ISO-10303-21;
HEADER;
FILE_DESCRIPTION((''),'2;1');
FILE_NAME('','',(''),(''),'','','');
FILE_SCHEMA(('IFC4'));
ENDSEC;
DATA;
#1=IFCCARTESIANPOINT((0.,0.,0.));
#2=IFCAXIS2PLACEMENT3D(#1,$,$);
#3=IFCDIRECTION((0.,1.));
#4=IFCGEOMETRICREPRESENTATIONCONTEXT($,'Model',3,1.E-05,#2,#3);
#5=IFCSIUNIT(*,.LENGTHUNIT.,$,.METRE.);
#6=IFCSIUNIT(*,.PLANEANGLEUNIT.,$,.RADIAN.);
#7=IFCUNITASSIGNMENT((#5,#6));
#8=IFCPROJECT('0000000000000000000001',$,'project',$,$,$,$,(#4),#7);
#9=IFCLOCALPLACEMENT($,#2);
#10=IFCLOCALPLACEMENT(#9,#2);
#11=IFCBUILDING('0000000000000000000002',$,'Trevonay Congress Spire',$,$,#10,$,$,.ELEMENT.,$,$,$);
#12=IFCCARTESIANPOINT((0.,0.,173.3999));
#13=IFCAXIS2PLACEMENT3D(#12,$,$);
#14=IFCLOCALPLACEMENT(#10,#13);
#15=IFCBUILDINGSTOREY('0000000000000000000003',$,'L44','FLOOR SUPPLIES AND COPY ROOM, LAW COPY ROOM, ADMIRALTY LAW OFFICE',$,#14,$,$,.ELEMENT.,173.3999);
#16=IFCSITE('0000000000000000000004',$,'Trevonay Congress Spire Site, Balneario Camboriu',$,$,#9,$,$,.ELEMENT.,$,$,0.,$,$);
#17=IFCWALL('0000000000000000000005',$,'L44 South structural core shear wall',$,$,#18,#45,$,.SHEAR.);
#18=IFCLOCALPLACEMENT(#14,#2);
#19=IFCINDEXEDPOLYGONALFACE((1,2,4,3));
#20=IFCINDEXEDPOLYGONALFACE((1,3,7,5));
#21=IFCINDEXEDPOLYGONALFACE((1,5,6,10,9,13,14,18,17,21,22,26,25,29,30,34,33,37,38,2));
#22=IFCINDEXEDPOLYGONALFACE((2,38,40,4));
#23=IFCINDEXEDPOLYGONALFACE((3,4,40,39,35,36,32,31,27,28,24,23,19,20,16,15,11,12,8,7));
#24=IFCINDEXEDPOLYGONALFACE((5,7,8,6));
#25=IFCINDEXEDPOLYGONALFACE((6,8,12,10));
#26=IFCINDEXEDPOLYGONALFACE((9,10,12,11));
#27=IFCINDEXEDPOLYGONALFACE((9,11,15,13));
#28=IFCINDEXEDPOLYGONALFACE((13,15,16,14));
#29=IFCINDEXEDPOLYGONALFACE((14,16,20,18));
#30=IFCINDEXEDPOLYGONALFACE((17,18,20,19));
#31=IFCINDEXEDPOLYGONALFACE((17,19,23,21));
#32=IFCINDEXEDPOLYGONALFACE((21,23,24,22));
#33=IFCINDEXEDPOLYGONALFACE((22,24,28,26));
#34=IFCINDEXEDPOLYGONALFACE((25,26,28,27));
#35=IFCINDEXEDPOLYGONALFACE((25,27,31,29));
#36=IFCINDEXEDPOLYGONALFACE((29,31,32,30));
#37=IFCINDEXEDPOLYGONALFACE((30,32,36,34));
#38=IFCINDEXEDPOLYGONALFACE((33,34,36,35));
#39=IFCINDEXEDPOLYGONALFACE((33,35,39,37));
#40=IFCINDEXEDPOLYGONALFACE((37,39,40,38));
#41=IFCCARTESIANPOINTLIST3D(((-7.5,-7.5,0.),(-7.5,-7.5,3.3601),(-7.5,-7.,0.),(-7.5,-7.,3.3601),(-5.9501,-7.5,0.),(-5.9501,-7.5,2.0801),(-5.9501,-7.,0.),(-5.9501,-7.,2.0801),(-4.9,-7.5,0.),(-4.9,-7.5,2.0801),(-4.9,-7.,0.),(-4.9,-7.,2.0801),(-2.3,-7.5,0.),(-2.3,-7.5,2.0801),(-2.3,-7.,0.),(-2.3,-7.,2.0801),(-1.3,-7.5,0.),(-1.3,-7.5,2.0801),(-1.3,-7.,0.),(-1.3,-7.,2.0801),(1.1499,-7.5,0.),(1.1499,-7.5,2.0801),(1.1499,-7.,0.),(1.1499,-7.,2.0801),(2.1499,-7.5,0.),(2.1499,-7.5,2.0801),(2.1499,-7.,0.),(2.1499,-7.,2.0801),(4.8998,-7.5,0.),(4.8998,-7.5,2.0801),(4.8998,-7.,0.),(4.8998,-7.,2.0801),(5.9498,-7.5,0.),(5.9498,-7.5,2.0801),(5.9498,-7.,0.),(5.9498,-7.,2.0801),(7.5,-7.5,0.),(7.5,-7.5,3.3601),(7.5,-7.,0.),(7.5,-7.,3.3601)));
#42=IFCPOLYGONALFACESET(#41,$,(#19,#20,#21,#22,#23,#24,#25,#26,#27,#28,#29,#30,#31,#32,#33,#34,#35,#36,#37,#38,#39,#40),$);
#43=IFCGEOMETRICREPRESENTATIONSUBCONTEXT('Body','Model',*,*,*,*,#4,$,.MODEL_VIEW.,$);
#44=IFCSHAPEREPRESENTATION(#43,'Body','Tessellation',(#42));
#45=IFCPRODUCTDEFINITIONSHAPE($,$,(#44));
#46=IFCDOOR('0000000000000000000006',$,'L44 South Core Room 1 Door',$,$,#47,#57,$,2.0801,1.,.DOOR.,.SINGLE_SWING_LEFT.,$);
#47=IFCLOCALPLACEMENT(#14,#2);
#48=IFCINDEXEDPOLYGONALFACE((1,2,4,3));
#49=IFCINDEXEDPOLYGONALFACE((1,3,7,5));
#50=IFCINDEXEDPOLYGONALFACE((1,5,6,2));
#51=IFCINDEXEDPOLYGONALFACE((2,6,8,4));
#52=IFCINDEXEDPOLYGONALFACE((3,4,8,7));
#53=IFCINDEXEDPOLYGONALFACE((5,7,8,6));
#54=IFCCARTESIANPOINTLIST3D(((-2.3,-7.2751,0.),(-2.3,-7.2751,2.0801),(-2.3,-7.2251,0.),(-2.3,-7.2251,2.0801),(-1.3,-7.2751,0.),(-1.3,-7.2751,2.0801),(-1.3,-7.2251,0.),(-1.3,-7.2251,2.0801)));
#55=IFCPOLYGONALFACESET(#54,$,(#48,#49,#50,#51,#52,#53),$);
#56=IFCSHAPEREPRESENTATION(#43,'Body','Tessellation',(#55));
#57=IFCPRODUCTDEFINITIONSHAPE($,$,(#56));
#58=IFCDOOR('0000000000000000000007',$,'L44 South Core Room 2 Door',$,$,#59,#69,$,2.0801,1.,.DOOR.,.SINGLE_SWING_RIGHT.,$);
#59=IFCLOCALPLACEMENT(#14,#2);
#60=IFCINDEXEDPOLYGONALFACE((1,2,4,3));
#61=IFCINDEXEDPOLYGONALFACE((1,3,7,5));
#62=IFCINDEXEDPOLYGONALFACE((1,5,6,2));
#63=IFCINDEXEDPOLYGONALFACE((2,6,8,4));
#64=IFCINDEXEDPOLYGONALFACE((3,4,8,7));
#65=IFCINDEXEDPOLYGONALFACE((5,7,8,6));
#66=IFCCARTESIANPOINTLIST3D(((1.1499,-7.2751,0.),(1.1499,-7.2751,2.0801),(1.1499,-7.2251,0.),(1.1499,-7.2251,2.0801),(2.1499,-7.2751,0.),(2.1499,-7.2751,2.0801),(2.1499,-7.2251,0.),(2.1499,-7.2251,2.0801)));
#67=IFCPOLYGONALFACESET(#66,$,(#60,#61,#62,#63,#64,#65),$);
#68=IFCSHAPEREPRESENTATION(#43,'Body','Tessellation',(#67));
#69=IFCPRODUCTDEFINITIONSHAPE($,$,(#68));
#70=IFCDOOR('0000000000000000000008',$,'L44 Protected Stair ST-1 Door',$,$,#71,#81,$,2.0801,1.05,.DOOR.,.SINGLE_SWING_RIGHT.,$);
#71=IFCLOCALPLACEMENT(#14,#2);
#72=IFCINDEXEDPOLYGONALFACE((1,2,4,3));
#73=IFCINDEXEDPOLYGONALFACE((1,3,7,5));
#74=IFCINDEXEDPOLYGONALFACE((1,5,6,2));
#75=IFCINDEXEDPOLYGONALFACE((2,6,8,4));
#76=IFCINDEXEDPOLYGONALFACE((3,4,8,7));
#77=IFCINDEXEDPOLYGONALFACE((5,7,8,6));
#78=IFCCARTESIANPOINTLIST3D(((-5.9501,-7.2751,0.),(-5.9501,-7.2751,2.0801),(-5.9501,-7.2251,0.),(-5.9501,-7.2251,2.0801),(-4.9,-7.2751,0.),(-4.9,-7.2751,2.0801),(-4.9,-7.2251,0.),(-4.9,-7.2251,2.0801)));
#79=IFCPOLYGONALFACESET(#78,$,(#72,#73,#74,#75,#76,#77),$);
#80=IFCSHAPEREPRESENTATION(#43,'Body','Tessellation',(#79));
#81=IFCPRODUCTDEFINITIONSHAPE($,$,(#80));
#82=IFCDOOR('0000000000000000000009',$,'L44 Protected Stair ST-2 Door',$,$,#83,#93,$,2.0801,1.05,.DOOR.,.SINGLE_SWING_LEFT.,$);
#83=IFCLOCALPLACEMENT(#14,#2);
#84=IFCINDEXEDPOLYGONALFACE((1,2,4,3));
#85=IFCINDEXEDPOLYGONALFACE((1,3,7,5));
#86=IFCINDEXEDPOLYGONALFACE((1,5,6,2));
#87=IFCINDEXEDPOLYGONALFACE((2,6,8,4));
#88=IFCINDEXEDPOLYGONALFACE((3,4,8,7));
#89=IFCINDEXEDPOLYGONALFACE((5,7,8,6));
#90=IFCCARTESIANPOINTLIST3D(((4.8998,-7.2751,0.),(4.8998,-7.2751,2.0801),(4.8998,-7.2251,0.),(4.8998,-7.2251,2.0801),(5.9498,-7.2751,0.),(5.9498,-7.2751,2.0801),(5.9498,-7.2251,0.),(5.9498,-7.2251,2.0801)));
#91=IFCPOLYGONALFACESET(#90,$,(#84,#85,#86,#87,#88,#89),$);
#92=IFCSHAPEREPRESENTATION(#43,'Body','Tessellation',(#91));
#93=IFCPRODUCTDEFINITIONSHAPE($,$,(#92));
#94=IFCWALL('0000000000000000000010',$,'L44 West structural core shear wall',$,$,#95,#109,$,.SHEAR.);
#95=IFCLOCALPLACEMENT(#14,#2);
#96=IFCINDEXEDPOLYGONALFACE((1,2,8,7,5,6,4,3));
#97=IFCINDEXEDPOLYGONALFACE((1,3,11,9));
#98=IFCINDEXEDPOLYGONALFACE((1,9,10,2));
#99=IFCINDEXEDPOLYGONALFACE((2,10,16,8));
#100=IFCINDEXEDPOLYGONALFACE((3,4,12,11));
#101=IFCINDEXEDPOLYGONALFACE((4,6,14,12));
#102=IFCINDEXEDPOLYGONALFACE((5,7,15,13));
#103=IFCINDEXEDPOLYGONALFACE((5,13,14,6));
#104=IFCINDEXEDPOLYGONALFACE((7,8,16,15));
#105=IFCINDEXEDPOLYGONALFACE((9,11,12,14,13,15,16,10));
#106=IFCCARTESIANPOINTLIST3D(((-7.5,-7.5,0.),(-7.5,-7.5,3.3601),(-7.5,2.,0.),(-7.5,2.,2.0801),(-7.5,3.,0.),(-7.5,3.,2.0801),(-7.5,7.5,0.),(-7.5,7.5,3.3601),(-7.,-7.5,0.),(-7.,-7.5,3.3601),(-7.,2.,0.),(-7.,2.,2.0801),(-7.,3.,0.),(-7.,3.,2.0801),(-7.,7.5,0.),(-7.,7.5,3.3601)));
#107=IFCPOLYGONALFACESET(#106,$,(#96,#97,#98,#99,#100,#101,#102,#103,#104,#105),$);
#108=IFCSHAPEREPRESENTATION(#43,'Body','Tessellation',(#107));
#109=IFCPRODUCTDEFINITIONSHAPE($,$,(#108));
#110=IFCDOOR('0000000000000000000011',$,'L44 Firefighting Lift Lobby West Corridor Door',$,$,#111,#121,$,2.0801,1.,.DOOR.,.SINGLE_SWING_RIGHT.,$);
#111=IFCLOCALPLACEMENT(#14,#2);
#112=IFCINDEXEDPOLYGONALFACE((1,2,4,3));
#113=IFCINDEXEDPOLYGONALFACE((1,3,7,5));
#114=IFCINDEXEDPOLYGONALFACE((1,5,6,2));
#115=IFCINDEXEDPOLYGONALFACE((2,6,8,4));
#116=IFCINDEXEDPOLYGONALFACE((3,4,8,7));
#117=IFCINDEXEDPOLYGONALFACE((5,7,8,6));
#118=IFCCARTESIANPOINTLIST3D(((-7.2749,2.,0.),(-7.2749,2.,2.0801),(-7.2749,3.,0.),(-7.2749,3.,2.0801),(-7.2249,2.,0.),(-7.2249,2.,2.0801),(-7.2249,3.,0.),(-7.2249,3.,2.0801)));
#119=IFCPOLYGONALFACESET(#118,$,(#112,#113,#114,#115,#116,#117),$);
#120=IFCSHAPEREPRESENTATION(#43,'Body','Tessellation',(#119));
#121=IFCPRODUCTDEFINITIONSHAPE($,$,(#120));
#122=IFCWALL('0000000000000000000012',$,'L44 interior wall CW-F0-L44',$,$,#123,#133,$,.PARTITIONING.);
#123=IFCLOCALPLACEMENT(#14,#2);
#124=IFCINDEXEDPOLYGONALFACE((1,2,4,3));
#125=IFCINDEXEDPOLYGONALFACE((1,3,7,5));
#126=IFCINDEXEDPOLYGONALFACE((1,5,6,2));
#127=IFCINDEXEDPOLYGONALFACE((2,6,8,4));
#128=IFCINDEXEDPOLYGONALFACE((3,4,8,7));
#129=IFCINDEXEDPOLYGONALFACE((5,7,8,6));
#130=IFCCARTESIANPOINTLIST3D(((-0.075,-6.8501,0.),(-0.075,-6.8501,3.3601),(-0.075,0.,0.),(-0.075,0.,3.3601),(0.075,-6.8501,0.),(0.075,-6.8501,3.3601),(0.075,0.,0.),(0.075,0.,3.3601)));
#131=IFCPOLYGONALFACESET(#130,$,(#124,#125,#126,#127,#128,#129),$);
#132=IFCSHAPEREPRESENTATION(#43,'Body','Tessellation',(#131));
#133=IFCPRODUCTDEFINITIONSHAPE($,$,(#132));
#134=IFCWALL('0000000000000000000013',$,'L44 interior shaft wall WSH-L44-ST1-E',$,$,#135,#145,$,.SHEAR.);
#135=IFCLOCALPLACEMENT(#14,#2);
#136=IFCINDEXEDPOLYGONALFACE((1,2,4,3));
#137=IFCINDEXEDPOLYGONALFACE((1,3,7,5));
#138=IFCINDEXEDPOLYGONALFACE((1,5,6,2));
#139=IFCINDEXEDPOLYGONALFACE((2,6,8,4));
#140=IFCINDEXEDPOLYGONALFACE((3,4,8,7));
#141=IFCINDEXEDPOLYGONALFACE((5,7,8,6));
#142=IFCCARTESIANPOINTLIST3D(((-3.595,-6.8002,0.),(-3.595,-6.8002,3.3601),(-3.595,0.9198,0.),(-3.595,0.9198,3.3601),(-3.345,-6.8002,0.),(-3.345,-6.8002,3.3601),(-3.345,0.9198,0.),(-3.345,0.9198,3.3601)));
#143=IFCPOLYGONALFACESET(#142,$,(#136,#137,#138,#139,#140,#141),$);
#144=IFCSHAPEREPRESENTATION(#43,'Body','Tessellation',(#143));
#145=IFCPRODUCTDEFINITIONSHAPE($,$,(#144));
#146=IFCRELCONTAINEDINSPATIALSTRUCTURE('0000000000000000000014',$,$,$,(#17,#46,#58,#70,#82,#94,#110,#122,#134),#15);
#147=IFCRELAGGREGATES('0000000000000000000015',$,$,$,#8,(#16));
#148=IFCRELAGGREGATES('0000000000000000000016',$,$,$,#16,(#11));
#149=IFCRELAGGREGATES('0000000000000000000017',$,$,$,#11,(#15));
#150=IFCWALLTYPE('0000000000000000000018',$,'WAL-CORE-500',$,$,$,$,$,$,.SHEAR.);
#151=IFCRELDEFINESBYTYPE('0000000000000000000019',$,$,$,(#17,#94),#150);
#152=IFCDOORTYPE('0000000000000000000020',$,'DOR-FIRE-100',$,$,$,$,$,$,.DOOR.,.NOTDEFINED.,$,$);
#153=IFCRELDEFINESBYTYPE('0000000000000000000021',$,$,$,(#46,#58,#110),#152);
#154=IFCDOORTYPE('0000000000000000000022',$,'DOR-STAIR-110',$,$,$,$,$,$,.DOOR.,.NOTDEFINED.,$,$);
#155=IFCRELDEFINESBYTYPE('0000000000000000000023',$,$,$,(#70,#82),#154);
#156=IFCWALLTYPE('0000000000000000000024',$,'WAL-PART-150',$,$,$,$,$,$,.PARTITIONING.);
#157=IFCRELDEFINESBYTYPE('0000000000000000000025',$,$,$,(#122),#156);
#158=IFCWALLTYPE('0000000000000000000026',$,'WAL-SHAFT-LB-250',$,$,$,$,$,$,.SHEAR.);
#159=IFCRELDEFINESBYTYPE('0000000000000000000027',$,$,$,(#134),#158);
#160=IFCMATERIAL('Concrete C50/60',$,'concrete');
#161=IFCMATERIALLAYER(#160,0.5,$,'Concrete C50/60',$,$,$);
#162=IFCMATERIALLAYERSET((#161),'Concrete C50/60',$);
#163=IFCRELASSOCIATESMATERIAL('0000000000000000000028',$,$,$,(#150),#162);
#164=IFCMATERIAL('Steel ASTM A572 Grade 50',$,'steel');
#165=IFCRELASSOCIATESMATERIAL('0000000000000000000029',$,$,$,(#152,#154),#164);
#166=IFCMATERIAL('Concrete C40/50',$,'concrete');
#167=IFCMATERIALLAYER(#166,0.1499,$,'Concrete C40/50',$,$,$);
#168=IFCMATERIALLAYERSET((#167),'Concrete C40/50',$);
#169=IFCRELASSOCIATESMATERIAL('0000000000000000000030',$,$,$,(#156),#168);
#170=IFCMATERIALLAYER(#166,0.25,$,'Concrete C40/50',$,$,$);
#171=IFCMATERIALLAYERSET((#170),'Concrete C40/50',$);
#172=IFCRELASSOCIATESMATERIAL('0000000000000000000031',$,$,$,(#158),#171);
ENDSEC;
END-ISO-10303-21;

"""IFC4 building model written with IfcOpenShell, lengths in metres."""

from ifc_helpers import new_model, si_unit, direction, frame, frame_2d, origin, place, context, subcontext, project, spatial, rectangle, extrude, material, layer, layer_set, type_object, element, fill, save


model = new_model("IFC4")

# Units and contexts
model_context = context("Model", 3, precision=1e-05, world=origin(), true_north=direction((0.0, 1.0)))
body_context = subcontext(model_context, "Body", "Model", "MODEL_VIEW")
ifc_project = project(units=[si_unit("LENGTHUNIT", "METRE"), si_unit("PLANEANGLEUNIT", "RADIAN")], contexts=[model_context])

# Site, building, storey
site_placement = place(None, origin())
site = spatial("IfcSite", under=ifc_project, at=site_placement, Name="Trevonay Congress Spire Site, Balneario Camboriu", CompositionType="ELEMENT", RefElevation=0.0)
building_placement = place(site_placement, origin())
building = spatial("IfcBuilding", under=site, at=building_placement, Name="Trevonay Congress Spire", CompositionType="ELEMENT")
storey_placement = place(building_placement, frame((0.0, 0.0, 173.3999)))
storey = spatial("IfcBuildingStorey", under=building, at=storey_placement, Name="L44", Description="FLOOR SUPPLIES AND COPY ROOM, LAW COPY ROOM, ADMIRALTY LAW OFFICE", CompositionType="ELEMENT", Elevation=173.3999)

# Shared definitions
ifc_material_1 = material(Name="Steel ASTM A572 Grade 50", Category="steel")

# Wall, openings, doors
ifc_material_2 = material(Name="Concrete C50/60", Category="concrete")
ifc_layer_1 = layer(ifc_material_2, 0.5, Name="Concrete C50/60")
ifc_layer_set_1 = layer_set([ifc_layer_1], Name="Concrete C50/60")
wall_type_1 = type_object("IfcWallType", Name="WAL-CORE-500", PredefinedType="SHEAR", material=ifc_layer_set_1)
wall_1_placement = place(storey_placement, frame((-7.5, -7.25, 0.0), z_axis=(0.0, 0.0, 1.0), x_axis=(1.0, 0.0, 0.0)))
wall_1 = element("IfcWall", 1, at=wall_1_placement, inside=storey, type_object=wall_type_1, Name="L44 South structural core shear wall", PredefinedType="SHEAR", context=body_context, shape_type="SweptSolid", body=[
    extrude(rectangle(XDim=15.0, YDim=0.5, at=frame_2d((7.5, 0.0))), origin(), (0.0, 0.0, 1.0), 3.3601),
])
opening_1_placement = place(wall_1_placement, frame((1.55, 0.0, 0.0)))
opening_1 = element("IfcOpeningElement", 2, at=opening_1_placement, cuts=wall_1, PredefinedType="OPENING", context=body_context, shape_type="SweptSolid", body=[
    extrude(rectangle(XDim=1.05, YDim=2.0801, at=frame_2d((0.5249, 1.04))), frame((0.0, 0.26, 0.0), z_axis=(0.0, -1.0, 0.0), x_axis=(1.0, 0.0, 0.0)), (0.0, 0.0, 1.0), 0.52),
])
opening_2_placement = place(wall_1_placement, frame((12.3999, 0.0, 0.0)))
opening_2 = element("IfcOpeningElement", 3, at=opening_2_placement, cuts=wall_1, PredefinedType="OPENING", context=body_context, shape_type="SweptSolid", body=[
    extrude(rectangle(XDim=1.05, YDim=2.0801, at=frame_2d((0.5249, 1.04))), frame((0.0, 0.26, 0.0), z_axis=(0.0, -1.0, 0.0), x_axis=(1.0, 0.0, 0.0)), (0.0, 0.0, 1.0), 0.52),
])
opening_3_placement = place(wall_1_placement, frame((5.2, 0.0, 0.0)))
opening_3 = element("IfcOpeningElement", 4, at=opening_3_placement, cuts=wall_1, PredefinedType="OPENING", context=body_context, shape_type="SweptSolid", body=[
    extrude(rectangle(XDim=1.0, YDim=2.0801, at=frame_2d((0.5, 1.04))), frame((0.0, 0.26, 0.0), z_axis=(0.0, -1.0, 0.0), x_axis=(1.0, 0.0, 0.0)), (0.0, 0.0, 1.0), 0.52),
])
opening_4_placement = place(wall_1_placement, frame((8.6499, 0.0, 0.0)))
opening_4 = element("IfcOpeningElement", 5, at=opening_4_placement, cuts=wall_1, PredefinedType="OPENING", context=body_context, shape_type="SweptSolid", body=[
    extrude(rectangle(XDim=1.0, YDim=2.0801, at=frame_2d((0.5, 1.04))), frame((0.0, 0.26, 0.0), z_axis=(0.0, -1.0, 0.0), x_axis=(1.0, 0.0, 0.0)), (0.0, 0.0, 1.0), 0.52),
])
door_type_1 = type_object("IfcDoorType", Name="DOR-FIRE-100", OperationType="NOTDEFINED", PredefinedType="DOOR", material=ifc_material_1)
door_1_placement = place(opening_3_placement, origin())
door_1 = element("IfcDoor", 6, at=door_1_placement, inside=storey, type_object=door_type_1, Name="L44 South Core Room 1 Door", OperationType="SINGLE_SWING_LEFT", OverallHeight=2.0801, OverallWidth=1.0, PredefinedType="DOOR", context=body_context, shape_type="SweptSolid", body=[
    extrude(rectangle(XDim=1.0, YDim=2.0801, at=frame_2d((0.5, 1.04))), frame((0.0, 0.0249, 0.0), z_axis=(0.0, -1.0, 0.0), x_axis=(1.0, 0.0, 0.0)), (0.0, 0.0, 1.0), 0.05),
])
fill(opening_3, door_1)
door_2_placement = place(opening_4_placement, origin())
door_2 = element("IfcDoor", 7, at=door_2_placement, inside=storey, type_object=door_type_1, Name="L44 South Core Room 2 Door", OperationType="SINGLE_SWING_RIGHT", OverallHeight=2.0801, OverallWidth=1.0, PredefinedType="DOOR", context=body_context, shape_type="SweptSolid", body=[
    extrude(rectangle(XDim=1.0, YDim=2.0801, at=frame_2d((0.5, 1.04))), frame((0.0, 0.0249, 0.0), z_axis=(0.0, -1.0, 0.0), x_axis=(1.0, 0.0, 0.0)), (0.0, 0.0, 1.0), 0.05),
])
fill(opening_4, door_2)
door_type_2 = type_object("IfcDoorType", Name="DOR-STAIR-110", OperationType="NOTDEFINED", PredefinedType="DOOR", material=ifc_material_1)
door_3_placement = place(opening_1_placement, origin())
door_3 = element("IfcDoor", 8, at=door_3_placement, inside=storey, type_object=door_type_2, Name="L44 Protected Stair ST-1 Door", OperationType="SINGLE_SWING_RIGHT", OverallHeight=2.0801, OverallWidth=1.05, PredefinedType="DOOR", context=body_context, shape_type="SweptSolid", body=[
    extrude(rectangle(XDim=1.05, YDim=2.0801, at=frame_2d((0.5249, 1.04))), frame((0.0, 0.0249, 0.0), z_axis=(0.0, -1.0, 0.0), x_axis=(1.0, 0.0, 0.0)), (0.0, 0.0, 1.0), 0.05),
])
fill(opening_1, door_3)
door_4_placement = place(opening_2_placement, origin())
door_4 = element("IfcDoor", 9, at=door_4_placement, inside=storey, type_object=door_type_2, Name="L44 Protected Stair ST-2 Door", OperationType="SINGLE_SWING_LEFT", OverallHeight=2.0801, OverallWidth=1.05, PredefinedType="DOOR", context=body_context, shape_type="SweptSolid", body=[
    extrude(rectangle(XDim=1.05, YDim=2.0801, at=frame_2d((0.5249, 1.04))), frame((0.0, 0.0249, 0.0), z_axis=(0.0, -1.0, 0.0), x_axis=(1.0, 0.0, 0.0)), (0.0, 0.0, 1.0), 0.05),
])
fill(opening_2, door_4)

# Wall, opening, door
wall_2_placement = place(storey_placement, frame((-7.25, -7.5, 0.0), z_axis=(0.0, 0.0, 1.0), x_axis=(0.0, 1.0, 0.0)))
wall_2 = element("IfcWall", 10, at=wall_2_placement, inside=storey, type_object=wall_type_1, Name="L44 West structural core shear wall", PredefinedType="SHEAR", context=body_context, shape_type="SweptSolid", body=[
    extrude(rectangle(XDim=15.0, YDim=0.5, at=frame_2d((7.5, 0.0))), origin(), (0.0, 0.0, 1.0), 3.3601),
])
opening_5_placement = place(wall_2_placement, frame((9.5, 0.0, 0.0)))
opening_5 = element("IfcOpeningElement", 11, at=opening_5_placement, cuts=wall_2, PredefinedType="OPENING", context=body_context, shape_type="SweptSolid", body=[
    extrude(rectangle(XDim=1.0, YDim=2.0801, at=frame_2d((0.5, 1.04))), frame((0.0, 0.26, 0.0), z_axis=(0.0, -1.0, 0.0), x_axis=(1.0, 0.0, 0.0)), (0.0, 0.0, 1.0), 0.52),
])
door_5_placement = place(opening_5_placement, origin())
door_5 = element("IfcDoor", 12, at=door_5_placement, inside=storey, type_object=door_type_1, Name="L44 Firefighting Lift Lobby West Corridor Door", OperationType="SINGLE_SWING_RIGHT", OverallHeight=2.0801, OverallWidth=1.0, PredefinedType="DOOR", context=body_context, shape_type="SweptSolid", body=[
    extrude(rectangle(XDim=1.0, YDim=2.0801, at=frame_2d((0.5, 1.04))), frame((0.0, 0.0249, 0.0), z_axis=(0.0, -1.0, 0.0), x_axis=(1.0, 0.0, 0.0)), (0.0, 0.0, 1.0), 0.05),
])
fill(opening_5, door_5)

# Walls
ifc_material_3 = material(Name="Concrete C40/50", Category="concrete")
ifc_layer_2 = layer(ifc_material_3, 0.1499, Name="Concrete C40/50")
ifc_layer_set_2 = layer_set([ifc_layer_2], Name="Concrete C40/50")
wall_type_2 = type_object("IfcWallType", Name="WAL-PART-150", PredefinedType="PARTITIONING", material=ifc_layer_set_2)
wall_3_placement = place(storey_placement, frame((0.0, -6.8501, 0.0), z_axis=(0.0, 0.0, 1.0), x_axis=(0.0, 1.0, 0.0)))
element("IfcWall", 13, at=wall_3_placement, inside=storey, type_object=wall_type_2, Name="L44 interior wall CW-F0-L44", PredefinedType="PARTITIONING", context=body_context, shape_type="SweptSolid", body=[
    extrude(rectangle(XDim=6.8501, YDim=0.1499, at=frame_2d((3.425, 0.0))), origin(), (0.0, 0.0, 1.0), 3.3601),
])
ifc_layer_3 = layer(ifc_material_3, 0.25, Name="Concrete C40/50")
ifc_layer_set_3 = layer_set([ifc_layer_3], Name="Concrete C40/50")
wall_type_3 = type_object("IfcWallType", Name="WAL-SHAFT-LB-250", PredefinedType="SHEAR", material=ifc_layer_set_3)
wall_4_placement = place(storey_placement, frame((-3.47, -6.8, 0.0), z_axis=(0.0, 0.0, 1.0), x_axis=(0.0, 1.0, 0.0)))
element("IfcWall", 14, at=wall_4_placement, inside=storey, type_object=wall_type_3, Name="L44 interior shaft wall WSH-L44-ST1-E", PredefinedType="SHEAR", context=body_context, shape_type="SweptSolid", body=[
    extrude(rectangle(XDim=7.72, YDim=0.25, at=frame_2d((3.8599, 0.0))), origin(), (0.0, 0.0, 1.0), 3.3601),
])

save(model, "model.ifc")
